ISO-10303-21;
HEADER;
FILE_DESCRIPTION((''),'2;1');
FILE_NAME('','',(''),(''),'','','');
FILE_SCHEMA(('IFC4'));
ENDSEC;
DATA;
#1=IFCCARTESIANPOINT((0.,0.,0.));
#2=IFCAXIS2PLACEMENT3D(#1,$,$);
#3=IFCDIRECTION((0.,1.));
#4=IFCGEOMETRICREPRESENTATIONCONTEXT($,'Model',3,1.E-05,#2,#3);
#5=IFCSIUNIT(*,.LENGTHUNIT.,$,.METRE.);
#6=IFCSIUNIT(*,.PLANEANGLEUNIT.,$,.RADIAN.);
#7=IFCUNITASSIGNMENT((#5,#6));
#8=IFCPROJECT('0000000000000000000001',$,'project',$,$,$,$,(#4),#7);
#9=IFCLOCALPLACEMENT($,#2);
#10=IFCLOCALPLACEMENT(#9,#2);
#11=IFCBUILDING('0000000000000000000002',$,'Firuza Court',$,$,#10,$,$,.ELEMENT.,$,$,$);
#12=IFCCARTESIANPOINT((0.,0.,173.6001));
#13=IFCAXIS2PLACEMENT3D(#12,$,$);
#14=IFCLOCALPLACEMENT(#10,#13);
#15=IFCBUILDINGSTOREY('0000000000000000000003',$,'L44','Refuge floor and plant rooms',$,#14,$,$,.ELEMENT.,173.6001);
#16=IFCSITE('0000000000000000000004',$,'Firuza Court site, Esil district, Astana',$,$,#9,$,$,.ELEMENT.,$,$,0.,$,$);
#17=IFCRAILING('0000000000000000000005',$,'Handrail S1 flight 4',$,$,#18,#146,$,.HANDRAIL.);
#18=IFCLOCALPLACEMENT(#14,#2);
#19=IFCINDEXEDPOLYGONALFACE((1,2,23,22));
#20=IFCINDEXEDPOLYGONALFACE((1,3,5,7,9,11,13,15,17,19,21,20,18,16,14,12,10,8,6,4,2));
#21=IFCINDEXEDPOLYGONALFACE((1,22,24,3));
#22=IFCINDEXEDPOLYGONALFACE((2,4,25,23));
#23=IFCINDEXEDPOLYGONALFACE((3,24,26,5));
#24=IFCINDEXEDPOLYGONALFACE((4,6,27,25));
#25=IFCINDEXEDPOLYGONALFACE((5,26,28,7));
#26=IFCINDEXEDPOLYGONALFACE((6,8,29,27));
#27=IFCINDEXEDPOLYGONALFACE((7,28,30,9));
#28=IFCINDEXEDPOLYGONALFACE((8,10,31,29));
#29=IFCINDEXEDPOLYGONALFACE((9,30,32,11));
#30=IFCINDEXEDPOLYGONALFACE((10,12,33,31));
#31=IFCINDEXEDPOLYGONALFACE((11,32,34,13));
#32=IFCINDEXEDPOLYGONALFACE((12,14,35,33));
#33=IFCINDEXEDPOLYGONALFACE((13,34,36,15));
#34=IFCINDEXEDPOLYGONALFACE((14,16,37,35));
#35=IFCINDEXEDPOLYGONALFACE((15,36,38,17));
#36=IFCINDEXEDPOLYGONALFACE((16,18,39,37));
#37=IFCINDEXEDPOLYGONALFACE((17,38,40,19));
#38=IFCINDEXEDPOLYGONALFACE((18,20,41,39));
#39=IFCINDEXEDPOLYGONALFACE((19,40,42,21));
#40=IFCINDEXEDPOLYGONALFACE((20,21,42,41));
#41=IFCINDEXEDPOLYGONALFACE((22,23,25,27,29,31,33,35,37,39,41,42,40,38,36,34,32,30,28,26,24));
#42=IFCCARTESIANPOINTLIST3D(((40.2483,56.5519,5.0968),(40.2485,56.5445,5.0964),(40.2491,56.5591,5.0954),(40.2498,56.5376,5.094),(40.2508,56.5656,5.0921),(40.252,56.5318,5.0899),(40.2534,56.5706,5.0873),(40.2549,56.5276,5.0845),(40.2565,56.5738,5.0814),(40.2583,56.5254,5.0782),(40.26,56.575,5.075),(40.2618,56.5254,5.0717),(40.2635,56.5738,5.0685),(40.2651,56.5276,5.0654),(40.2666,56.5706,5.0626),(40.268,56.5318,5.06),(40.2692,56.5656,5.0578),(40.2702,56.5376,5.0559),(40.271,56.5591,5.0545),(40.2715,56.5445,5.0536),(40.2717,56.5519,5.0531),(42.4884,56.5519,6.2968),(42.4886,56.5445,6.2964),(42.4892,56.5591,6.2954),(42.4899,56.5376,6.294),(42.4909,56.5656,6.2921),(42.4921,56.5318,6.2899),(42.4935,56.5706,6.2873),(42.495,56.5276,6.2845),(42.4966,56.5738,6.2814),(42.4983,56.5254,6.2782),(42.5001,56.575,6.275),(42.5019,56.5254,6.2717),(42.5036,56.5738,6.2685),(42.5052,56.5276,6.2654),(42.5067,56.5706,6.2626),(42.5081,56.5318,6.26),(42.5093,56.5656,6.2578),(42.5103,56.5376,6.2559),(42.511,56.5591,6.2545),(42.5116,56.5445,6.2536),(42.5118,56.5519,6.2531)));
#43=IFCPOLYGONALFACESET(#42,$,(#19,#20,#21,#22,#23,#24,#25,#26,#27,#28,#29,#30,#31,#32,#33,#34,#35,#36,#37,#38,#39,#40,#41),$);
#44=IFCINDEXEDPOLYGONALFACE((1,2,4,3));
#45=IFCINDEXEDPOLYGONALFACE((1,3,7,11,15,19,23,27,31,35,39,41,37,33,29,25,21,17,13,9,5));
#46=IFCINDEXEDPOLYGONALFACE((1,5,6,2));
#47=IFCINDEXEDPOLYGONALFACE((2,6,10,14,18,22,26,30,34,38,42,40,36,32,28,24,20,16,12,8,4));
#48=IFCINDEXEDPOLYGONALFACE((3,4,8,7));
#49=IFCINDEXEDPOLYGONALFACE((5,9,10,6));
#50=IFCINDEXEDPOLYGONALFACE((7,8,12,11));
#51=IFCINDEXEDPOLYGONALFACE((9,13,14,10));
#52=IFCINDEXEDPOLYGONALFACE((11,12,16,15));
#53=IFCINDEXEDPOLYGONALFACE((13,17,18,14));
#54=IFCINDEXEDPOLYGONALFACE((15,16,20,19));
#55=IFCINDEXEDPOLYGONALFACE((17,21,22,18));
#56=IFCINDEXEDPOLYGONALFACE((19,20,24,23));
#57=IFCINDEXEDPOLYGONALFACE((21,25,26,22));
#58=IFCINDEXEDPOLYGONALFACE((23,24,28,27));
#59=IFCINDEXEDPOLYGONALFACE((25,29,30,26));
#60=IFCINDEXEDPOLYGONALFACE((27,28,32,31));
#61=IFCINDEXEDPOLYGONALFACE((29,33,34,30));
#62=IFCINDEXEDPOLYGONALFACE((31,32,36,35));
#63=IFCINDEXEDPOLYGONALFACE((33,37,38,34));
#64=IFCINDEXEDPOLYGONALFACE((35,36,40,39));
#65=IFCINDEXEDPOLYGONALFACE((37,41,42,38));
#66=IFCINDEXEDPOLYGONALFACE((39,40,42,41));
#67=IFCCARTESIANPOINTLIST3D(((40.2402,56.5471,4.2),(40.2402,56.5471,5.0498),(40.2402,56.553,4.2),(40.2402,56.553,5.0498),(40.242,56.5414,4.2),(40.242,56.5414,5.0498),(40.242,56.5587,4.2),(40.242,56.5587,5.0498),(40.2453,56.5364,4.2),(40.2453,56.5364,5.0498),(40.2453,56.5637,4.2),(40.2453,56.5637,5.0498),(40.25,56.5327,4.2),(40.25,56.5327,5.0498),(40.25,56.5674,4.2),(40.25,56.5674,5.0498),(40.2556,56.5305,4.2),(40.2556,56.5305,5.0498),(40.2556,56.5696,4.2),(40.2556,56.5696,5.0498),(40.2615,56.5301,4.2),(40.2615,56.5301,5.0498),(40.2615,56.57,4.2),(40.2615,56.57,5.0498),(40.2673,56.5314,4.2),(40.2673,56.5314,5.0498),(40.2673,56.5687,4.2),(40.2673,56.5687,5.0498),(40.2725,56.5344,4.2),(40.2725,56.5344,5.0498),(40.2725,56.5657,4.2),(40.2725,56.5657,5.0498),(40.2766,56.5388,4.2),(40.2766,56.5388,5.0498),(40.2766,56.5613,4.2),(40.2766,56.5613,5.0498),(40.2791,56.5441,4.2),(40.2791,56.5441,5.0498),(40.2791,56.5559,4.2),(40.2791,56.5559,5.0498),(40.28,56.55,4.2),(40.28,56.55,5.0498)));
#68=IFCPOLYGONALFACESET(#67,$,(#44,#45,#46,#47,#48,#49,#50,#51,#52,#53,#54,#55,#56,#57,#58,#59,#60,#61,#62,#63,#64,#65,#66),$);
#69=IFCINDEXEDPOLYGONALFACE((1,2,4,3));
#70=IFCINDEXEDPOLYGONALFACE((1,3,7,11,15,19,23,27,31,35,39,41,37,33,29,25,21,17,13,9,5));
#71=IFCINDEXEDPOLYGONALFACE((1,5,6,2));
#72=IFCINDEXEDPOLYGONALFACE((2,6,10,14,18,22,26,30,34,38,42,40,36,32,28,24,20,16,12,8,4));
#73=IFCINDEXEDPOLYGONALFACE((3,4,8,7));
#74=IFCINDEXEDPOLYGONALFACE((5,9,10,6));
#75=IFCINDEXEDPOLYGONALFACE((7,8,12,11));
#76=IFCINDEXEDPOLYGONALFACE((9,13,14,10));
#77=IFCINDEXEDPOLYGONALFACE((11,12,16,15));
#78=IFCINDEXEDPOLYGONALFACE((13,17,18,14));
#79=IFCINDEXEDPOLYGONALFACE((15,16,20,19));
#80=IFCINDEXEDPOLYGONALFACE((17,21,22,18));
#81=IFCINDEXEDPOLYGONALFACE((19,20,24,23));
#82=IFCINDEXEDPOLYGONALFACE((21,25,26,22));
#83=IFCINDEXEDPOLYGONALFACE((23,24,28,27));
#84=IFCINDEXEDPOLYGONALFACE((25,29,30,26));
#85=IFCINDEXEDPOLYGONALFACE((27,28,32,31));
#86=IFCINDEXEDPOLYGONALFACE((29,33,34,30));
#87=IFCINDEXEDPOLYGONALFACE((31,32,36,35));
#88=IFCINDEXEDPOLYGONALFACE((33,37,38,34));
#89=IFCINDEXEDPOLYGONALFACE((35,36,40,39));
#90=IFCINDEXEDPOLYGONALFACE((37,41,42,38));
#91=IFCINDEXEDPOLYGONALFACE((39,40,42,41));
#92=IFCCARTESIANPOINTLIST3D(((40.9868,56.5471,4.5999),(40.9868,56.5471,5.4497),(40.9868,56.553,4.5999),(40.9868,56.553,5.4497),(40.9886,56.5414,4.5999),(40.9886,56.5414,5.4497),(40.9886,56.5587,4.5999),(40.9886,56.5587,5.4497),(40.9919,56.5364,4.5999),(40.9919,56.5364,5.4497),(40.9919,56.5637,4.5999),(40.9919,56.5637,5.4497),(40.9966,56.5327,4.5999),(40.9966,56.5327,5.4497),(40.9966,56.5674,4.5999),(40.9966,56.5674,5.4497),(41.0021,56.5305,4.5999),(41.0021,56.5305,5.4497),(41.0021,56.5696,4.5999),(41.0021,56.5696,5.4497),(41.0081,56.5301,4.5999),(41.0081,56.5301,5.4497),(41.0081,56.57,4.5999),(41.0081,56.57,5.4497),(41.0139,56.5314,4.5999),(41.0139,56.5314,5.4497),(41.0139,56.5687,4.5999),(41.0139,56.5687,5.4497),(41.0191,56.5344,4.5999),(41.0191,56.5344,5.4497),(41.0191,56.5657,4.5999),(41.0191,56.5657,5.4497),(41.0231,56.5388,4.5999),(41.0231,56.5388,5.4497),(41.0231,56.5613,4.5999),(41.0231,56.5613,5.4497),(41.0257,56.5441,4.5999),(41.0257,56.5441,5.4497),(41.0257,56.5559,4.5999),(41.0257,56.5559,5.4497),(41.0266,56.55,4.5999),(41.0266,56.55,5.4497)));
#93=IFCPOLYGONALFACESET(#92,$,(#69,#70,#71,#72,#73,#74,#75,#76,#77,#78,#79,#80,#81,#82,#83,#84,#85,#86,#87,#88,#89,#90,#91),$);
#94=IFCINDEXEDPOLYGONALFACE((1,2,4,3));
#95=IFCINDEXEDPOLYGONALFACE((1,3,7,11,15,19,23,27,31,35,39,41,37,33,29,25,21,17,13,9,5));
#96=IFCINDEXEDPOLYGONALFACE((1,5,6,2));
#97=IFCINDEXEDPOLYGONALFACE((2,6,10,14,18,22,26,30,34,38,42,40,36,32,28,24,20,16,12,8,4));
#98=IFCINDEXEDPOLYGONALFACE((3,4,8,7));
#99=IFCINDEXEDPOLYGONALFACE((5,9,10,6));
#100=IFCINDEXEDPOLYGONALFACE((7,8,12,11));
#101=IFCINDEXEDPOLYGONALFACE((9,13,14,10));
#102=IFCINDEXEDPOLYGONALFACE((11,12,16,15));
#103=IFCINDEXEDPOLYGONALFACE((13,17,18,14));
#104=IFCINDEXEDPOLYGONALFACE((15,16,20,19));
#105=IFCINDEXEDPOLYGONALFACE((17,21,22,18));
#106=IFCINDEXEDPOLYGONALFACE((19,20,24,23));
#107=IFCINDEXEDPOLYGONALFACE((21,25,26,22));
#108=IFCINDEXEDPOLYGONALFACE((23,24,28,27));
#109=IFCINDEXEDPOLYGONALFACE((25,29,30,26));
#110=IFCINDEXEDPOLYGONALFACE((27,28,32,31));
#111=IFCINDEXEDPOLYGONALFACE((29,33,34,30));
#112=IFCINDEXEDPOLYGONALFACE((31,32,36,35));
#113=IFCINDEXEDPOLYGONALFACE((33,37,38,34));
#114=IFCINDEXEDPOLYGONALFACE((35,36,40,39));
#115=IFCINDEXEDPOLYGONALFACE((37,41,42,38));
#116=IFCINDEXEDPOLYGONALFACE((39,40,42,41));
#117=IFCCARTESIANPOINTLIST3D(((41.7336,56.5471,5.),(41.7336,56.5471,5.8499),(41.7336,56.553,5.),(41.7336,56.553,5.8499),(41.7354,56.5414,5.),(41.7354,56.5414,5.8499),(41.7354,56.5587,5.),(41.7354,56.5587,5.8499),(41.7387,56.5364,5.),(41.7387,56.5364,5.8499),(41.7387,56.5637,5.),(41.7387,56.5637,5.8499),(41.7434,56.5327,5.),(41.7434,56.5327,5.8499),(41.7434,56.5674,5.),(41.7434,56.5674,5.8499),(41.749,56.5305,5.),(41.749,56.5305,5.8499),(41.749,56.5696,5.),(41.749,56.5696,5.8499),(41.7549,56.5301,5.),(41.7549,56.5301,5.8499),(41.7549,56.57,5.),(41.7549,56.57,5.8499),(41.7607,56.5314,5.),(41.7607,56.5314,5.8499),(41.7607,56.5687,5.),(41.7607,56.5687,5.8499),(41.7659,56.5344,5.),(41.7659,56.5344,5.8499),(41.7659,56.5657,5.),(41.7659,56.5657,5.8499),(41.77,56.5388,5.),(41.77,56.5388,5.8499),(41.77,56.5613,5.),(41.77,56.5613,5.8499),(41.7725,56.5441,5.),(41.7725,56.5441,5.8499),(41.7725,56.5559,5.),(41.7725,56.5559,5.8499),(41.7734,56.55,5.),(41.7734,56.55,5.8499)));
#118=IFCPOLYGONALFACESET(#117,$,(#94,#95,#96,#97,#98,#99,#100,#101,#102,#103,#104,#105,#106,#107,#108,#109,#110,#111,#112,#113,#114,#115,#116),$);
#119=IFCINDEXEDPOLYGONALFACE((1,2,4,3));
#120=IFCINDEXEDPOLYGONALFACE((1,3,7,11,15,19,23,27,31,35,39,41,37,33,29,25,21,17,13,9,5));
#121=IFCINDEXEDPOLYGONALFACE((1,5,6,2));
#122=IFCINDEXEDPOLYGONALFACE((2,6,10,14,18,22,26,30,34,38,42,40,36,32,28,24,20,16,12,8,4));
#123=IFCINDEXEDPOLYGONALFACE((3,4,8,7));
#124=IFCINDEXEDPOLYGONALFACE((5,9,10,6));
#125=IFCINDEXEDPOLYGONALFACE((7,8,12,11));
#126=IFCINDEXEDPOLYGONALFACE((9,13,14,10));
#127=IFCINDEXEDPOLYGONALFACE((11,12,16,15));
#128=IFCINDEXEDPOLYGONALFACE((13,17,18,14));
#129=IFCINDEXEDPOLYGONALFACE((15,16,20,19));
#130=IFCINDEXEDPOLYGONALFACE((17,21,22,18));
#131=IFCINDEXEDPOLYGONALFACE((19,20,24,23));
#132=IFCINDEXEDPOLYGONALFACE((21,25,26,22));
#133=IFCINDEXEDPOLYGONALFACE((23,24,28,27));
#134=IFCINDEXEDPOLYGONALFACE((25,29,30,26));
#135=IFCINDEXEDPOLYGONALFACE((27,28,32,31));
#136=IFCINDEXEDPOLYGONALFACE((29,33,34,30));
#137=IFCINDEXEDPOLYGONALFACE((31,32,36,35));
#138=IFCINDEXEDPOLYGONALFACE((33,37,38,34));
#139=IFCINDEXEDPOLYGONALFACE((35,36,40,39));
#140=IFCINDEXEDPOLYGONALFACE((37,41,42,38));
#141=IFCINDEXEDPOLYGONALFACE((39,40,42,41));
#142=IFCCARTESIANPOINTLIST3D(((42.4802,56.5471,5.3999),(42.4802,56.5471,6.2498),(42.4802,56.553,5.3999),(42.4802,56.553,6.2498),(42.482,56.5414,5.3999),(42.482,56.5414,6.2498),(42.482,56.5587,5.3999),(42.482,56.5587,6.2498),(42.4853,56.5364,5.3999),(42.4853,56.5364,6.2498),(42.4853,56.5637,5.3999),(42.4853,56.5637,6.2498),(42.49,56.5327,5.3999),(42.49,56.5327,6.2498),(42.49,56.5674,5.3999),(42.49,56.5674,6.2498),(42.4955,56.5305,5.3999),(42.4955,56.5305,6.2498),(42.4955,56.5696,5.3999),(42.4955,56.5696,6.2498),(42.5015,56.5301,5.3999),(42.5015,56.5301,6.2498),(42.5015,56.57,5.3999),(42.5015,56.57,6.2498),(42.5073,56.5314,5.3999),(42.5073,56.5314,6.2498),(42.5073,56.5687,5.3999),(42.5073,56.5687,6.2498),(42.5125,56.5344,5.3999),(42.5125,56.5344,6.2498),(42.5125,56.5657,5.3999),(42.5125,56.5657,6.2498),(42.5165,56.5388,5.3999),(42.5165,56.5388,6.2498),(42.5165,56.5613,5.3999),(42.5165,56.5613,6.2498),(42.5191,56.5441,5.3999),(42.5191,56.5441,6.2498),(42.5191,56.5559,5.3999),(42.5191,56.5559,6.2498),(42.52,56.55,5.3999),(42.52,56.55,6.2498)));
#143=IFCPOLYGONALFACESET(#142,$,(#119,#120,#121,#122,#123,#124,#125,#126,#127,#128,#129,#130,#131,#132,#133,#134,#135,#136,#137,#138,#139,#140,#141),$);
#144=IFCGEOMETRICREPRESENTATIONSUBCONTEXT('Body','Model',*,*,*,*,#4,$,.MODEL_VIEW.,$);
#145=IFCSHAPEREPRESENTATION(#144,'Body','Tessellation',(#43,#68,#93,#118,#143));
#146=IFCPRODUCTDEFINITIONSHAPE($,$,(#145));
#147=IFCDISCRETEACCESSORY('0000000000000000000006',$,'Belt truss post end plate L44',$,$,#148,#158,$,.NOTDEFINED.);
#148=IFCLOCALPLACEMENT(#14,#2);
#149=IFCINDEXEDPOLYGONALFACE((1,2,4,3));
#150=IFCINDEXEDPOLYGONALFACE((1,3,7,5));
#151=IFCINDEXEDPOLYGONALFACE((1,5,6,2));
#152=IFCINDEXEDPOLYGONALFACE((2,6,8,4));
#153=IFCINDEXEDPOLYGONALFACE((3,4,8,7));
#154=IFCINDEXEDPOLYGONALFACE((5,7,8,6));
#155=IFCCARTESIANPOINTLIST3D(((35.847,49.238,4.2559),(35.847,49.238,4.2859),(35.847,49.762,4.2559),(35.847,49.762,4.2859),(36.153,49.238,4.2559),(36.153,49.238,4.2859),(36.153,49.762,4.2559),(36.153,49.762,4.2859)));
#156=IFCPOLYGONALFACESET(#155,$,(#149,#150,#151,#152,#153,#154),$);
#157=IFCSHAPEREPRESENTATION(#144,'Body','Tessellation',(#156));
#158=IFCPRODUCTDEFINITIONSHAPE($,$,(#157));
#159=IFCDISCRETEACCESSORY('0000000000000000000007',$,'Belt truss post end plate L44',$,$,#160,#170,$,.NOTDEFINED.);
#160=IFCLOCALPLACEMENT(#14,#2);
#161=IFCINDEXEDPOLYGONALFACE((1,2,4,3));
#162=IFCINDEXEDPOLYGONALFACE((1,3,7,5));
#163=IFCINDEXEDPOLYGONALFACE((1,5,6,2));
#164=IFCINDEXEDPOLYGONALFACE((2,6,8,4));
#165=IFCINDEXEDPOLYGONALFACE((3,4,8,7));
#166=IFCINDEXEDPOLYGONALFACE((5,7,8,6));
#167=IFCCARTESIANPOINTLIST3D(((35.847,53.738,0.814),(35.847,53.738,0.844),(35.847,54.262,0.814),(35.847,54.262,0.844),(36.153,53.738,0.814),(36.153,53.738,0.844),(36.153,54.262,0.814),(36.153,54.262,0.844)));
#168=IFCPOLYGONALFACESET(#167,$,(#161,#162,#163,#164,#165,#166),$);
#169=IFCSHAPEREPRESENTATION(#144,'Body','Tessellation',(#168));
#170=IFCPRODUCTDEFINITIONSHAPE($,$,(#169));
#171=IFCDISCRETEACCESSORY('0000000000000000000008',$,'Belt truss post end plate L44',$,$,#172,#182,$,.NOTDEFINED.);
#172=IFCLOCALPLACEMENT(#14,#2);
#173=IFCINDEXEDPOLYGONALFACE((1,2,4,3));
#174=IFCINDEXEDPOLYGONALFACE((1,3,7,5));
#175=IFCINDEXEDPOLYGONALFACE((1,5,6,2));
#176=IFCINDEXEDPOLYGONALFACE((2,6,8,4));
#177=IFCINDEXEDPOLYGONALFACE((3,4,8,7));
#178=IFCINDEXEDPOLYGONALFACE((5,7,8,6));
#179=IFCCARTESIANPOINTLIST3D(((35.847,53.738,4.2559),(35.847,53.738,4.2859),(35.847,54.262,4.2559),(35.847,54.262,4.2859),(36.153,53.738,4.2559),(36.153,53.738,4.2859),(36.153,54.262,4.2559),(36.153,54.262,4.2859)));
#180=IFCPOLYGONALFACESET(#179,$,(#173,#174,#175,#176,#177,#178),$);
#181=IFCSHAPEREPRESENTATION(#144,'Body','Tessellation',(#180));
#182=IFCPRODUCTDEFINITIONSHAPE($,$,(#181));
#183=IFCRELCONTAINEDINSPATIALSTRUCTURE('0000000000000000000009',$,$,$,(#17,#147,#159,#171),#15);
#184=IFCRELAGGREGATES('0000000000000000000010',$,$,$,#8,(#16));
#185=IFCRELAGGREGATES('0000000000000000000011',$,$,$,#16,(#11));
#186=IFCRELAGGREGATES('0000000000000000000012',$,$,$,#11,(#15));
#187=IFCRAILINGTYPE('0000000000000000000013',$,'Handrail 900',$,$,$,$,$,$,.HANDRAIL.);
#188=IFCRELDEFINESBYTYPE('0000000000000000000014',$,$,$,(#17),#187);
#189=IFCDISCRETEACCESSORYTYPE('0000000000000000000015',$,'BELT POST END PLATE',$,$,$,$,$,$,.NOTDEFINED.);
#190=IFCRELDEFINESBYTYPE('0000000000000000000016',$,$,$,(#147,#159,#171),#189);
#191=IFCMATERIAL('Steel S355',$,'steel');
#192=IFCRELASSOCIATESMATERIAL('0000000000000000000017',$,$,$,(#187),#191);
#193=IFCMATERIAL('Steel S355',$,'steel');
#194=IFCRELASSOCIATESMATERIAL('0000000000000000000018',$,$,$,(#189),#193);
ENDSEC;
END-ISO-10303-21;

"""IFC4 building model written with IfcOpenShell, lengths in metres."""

from ifc_helpers import new_model, si_unit, direction, frame, origin, origin_2d, place, context, subcontext, project, spatial, rectangle, circle, extrude, material, material_profile, profile_set, type_object, element, save


model = new_model("IFC4")

# Units and contexts
model_context = context("Model", 3, precision=1e-05, world=origin(), true_north=direction((0.0, 1.0)))
body_context = subcontext(model_context, "Body", "Model", "MODEL_VIEW")
ifc_project = project(units=[si_unit("LENGTHUNIT", "METRE"), si_unit("PLANEANGLEUNIT", "RADIAN")], contexts=[model_context])

# Site, building, storey
site_placement = place(None, origin())
site = spatial("IfcSite", under=ifc_project, at=site_placement, Name="Firuza Court site, Esil district, Astana", CompositionType="ELEMENT", RefElevation=0.0)
building_placement = place(site_placement, origin())
building = spatial("IfcBuilding", under=site, at=building_placement, Name="Firuza Court", CompositionType="ELEMENT")
storey_placement = place(building_placement, frame((0.0, 0.0, 173.6001)))
storey = spatial("IfcBuildingStorey", under=building, at=storey_placement, Name="L44", Description="Refuge floor and plant rooms", CompositionType="ELEMENT", Elevation=173.6001)

# Railing
ifc_material_1 = material(Name="Steel S355", Category="steel")
railing_type = type_object("IfcRailingType", Name="Handrail 900", PredefinedType="HANDRAIL", material=ifc_material_1)
railing_1_placement = place(storey_placement, frame((40.26, 56.55, 4.2)))
element("IfcRailing", 1, at=railing_1_placement, inside=storey, type_object=railing_type, Name="Handrail S1 flight 4", PredefinedType="HANDRAIL", context=body_context, shape_type="SweptSolid", body=[
    extrude(circle(Radius=0.0249, at=origin_2d()), frame((0.0, 0.0, 0.875), z_axis=(0.881487, 0.0, 0.472208), x_axis=(0.0, 1.0, 0.0)), (0.0, 0.0, 1.0), 2.5413),
    extrude(circle(Radius=0.02, at=origin_2d()), origin(), (0.0, 0.0, 1.0), 0.8499),
    extrude(circle(Radius=0.02, at=origin_2d()), frame((0.7466, 0.0, 0.3999)), (0.0, 0.0, 1.0), 0.8499),
    extrude(circle(Radius=0.02, at=origin_2d()), frame((1.4934, 0.0, 0.8)), (0.0, 0.0, 1.0), 0.8499),
    extrude(circle(Radius=0.02, at=origin_2d()), frame((2.24, 0.0, 1.2)), (0.0, 0.0, 1.0), 0.8499),
])

# Discrete accessories
ifc_material_2 = material(Name="Steel S355", Category="steel")
ifc_material_profile_1 = material_profile(ifc_material_2, rectangle(XDim=0.3059, YDim=0.5239, at=origin_2d()), Name="PL 306X524")
ifc_profile_set_1 = profile_set([ifc_material_profile_1], Name="Steel S355")
discrete_accessory_type = type_object("IfcDiscreteAccessoryType", Name="BELT POST END PLATE", PredefinedType="NOTDEFINED", material=ifc_profile_set_1)
for number, where, z_axis, x_axis, name in (
    (2, (36.0, 49.5, 4.2559), (0.0, 0.0, 1.0), (1.0, 0.0, 0.0), "Belt truss post end plate L44"),
    (3, (36.0, 54.0, 0.814), (0.0, 0.0, 1.0), (1.0, 0.0, 0.0), "Belt truss post end plate L44"),
    (4, (36.0, 54.0, 4.2559), (0.0, 0.0, 1.0), (1.0, 0.0, 0.0), "Belt truss post end plate L44"),
):
    element("IfcDiscreteAccessory", number, at=place(storey_placement, frame(where, z_axis=z_axis, x_axis=x_axis)), inside=storey, type_object=discrete_accessory_type, Name=name, PredefinedType="NOTDEFINED", context=body_context, shape_type="SweptSolid", body=[
        extrude(rectangle(XDim=0.3059, YDim=0.5239, at=origin_2d()), origin(), (0.0, 0.0, 1.0), 0.03),
    ])

save(model, "model.ifc")
